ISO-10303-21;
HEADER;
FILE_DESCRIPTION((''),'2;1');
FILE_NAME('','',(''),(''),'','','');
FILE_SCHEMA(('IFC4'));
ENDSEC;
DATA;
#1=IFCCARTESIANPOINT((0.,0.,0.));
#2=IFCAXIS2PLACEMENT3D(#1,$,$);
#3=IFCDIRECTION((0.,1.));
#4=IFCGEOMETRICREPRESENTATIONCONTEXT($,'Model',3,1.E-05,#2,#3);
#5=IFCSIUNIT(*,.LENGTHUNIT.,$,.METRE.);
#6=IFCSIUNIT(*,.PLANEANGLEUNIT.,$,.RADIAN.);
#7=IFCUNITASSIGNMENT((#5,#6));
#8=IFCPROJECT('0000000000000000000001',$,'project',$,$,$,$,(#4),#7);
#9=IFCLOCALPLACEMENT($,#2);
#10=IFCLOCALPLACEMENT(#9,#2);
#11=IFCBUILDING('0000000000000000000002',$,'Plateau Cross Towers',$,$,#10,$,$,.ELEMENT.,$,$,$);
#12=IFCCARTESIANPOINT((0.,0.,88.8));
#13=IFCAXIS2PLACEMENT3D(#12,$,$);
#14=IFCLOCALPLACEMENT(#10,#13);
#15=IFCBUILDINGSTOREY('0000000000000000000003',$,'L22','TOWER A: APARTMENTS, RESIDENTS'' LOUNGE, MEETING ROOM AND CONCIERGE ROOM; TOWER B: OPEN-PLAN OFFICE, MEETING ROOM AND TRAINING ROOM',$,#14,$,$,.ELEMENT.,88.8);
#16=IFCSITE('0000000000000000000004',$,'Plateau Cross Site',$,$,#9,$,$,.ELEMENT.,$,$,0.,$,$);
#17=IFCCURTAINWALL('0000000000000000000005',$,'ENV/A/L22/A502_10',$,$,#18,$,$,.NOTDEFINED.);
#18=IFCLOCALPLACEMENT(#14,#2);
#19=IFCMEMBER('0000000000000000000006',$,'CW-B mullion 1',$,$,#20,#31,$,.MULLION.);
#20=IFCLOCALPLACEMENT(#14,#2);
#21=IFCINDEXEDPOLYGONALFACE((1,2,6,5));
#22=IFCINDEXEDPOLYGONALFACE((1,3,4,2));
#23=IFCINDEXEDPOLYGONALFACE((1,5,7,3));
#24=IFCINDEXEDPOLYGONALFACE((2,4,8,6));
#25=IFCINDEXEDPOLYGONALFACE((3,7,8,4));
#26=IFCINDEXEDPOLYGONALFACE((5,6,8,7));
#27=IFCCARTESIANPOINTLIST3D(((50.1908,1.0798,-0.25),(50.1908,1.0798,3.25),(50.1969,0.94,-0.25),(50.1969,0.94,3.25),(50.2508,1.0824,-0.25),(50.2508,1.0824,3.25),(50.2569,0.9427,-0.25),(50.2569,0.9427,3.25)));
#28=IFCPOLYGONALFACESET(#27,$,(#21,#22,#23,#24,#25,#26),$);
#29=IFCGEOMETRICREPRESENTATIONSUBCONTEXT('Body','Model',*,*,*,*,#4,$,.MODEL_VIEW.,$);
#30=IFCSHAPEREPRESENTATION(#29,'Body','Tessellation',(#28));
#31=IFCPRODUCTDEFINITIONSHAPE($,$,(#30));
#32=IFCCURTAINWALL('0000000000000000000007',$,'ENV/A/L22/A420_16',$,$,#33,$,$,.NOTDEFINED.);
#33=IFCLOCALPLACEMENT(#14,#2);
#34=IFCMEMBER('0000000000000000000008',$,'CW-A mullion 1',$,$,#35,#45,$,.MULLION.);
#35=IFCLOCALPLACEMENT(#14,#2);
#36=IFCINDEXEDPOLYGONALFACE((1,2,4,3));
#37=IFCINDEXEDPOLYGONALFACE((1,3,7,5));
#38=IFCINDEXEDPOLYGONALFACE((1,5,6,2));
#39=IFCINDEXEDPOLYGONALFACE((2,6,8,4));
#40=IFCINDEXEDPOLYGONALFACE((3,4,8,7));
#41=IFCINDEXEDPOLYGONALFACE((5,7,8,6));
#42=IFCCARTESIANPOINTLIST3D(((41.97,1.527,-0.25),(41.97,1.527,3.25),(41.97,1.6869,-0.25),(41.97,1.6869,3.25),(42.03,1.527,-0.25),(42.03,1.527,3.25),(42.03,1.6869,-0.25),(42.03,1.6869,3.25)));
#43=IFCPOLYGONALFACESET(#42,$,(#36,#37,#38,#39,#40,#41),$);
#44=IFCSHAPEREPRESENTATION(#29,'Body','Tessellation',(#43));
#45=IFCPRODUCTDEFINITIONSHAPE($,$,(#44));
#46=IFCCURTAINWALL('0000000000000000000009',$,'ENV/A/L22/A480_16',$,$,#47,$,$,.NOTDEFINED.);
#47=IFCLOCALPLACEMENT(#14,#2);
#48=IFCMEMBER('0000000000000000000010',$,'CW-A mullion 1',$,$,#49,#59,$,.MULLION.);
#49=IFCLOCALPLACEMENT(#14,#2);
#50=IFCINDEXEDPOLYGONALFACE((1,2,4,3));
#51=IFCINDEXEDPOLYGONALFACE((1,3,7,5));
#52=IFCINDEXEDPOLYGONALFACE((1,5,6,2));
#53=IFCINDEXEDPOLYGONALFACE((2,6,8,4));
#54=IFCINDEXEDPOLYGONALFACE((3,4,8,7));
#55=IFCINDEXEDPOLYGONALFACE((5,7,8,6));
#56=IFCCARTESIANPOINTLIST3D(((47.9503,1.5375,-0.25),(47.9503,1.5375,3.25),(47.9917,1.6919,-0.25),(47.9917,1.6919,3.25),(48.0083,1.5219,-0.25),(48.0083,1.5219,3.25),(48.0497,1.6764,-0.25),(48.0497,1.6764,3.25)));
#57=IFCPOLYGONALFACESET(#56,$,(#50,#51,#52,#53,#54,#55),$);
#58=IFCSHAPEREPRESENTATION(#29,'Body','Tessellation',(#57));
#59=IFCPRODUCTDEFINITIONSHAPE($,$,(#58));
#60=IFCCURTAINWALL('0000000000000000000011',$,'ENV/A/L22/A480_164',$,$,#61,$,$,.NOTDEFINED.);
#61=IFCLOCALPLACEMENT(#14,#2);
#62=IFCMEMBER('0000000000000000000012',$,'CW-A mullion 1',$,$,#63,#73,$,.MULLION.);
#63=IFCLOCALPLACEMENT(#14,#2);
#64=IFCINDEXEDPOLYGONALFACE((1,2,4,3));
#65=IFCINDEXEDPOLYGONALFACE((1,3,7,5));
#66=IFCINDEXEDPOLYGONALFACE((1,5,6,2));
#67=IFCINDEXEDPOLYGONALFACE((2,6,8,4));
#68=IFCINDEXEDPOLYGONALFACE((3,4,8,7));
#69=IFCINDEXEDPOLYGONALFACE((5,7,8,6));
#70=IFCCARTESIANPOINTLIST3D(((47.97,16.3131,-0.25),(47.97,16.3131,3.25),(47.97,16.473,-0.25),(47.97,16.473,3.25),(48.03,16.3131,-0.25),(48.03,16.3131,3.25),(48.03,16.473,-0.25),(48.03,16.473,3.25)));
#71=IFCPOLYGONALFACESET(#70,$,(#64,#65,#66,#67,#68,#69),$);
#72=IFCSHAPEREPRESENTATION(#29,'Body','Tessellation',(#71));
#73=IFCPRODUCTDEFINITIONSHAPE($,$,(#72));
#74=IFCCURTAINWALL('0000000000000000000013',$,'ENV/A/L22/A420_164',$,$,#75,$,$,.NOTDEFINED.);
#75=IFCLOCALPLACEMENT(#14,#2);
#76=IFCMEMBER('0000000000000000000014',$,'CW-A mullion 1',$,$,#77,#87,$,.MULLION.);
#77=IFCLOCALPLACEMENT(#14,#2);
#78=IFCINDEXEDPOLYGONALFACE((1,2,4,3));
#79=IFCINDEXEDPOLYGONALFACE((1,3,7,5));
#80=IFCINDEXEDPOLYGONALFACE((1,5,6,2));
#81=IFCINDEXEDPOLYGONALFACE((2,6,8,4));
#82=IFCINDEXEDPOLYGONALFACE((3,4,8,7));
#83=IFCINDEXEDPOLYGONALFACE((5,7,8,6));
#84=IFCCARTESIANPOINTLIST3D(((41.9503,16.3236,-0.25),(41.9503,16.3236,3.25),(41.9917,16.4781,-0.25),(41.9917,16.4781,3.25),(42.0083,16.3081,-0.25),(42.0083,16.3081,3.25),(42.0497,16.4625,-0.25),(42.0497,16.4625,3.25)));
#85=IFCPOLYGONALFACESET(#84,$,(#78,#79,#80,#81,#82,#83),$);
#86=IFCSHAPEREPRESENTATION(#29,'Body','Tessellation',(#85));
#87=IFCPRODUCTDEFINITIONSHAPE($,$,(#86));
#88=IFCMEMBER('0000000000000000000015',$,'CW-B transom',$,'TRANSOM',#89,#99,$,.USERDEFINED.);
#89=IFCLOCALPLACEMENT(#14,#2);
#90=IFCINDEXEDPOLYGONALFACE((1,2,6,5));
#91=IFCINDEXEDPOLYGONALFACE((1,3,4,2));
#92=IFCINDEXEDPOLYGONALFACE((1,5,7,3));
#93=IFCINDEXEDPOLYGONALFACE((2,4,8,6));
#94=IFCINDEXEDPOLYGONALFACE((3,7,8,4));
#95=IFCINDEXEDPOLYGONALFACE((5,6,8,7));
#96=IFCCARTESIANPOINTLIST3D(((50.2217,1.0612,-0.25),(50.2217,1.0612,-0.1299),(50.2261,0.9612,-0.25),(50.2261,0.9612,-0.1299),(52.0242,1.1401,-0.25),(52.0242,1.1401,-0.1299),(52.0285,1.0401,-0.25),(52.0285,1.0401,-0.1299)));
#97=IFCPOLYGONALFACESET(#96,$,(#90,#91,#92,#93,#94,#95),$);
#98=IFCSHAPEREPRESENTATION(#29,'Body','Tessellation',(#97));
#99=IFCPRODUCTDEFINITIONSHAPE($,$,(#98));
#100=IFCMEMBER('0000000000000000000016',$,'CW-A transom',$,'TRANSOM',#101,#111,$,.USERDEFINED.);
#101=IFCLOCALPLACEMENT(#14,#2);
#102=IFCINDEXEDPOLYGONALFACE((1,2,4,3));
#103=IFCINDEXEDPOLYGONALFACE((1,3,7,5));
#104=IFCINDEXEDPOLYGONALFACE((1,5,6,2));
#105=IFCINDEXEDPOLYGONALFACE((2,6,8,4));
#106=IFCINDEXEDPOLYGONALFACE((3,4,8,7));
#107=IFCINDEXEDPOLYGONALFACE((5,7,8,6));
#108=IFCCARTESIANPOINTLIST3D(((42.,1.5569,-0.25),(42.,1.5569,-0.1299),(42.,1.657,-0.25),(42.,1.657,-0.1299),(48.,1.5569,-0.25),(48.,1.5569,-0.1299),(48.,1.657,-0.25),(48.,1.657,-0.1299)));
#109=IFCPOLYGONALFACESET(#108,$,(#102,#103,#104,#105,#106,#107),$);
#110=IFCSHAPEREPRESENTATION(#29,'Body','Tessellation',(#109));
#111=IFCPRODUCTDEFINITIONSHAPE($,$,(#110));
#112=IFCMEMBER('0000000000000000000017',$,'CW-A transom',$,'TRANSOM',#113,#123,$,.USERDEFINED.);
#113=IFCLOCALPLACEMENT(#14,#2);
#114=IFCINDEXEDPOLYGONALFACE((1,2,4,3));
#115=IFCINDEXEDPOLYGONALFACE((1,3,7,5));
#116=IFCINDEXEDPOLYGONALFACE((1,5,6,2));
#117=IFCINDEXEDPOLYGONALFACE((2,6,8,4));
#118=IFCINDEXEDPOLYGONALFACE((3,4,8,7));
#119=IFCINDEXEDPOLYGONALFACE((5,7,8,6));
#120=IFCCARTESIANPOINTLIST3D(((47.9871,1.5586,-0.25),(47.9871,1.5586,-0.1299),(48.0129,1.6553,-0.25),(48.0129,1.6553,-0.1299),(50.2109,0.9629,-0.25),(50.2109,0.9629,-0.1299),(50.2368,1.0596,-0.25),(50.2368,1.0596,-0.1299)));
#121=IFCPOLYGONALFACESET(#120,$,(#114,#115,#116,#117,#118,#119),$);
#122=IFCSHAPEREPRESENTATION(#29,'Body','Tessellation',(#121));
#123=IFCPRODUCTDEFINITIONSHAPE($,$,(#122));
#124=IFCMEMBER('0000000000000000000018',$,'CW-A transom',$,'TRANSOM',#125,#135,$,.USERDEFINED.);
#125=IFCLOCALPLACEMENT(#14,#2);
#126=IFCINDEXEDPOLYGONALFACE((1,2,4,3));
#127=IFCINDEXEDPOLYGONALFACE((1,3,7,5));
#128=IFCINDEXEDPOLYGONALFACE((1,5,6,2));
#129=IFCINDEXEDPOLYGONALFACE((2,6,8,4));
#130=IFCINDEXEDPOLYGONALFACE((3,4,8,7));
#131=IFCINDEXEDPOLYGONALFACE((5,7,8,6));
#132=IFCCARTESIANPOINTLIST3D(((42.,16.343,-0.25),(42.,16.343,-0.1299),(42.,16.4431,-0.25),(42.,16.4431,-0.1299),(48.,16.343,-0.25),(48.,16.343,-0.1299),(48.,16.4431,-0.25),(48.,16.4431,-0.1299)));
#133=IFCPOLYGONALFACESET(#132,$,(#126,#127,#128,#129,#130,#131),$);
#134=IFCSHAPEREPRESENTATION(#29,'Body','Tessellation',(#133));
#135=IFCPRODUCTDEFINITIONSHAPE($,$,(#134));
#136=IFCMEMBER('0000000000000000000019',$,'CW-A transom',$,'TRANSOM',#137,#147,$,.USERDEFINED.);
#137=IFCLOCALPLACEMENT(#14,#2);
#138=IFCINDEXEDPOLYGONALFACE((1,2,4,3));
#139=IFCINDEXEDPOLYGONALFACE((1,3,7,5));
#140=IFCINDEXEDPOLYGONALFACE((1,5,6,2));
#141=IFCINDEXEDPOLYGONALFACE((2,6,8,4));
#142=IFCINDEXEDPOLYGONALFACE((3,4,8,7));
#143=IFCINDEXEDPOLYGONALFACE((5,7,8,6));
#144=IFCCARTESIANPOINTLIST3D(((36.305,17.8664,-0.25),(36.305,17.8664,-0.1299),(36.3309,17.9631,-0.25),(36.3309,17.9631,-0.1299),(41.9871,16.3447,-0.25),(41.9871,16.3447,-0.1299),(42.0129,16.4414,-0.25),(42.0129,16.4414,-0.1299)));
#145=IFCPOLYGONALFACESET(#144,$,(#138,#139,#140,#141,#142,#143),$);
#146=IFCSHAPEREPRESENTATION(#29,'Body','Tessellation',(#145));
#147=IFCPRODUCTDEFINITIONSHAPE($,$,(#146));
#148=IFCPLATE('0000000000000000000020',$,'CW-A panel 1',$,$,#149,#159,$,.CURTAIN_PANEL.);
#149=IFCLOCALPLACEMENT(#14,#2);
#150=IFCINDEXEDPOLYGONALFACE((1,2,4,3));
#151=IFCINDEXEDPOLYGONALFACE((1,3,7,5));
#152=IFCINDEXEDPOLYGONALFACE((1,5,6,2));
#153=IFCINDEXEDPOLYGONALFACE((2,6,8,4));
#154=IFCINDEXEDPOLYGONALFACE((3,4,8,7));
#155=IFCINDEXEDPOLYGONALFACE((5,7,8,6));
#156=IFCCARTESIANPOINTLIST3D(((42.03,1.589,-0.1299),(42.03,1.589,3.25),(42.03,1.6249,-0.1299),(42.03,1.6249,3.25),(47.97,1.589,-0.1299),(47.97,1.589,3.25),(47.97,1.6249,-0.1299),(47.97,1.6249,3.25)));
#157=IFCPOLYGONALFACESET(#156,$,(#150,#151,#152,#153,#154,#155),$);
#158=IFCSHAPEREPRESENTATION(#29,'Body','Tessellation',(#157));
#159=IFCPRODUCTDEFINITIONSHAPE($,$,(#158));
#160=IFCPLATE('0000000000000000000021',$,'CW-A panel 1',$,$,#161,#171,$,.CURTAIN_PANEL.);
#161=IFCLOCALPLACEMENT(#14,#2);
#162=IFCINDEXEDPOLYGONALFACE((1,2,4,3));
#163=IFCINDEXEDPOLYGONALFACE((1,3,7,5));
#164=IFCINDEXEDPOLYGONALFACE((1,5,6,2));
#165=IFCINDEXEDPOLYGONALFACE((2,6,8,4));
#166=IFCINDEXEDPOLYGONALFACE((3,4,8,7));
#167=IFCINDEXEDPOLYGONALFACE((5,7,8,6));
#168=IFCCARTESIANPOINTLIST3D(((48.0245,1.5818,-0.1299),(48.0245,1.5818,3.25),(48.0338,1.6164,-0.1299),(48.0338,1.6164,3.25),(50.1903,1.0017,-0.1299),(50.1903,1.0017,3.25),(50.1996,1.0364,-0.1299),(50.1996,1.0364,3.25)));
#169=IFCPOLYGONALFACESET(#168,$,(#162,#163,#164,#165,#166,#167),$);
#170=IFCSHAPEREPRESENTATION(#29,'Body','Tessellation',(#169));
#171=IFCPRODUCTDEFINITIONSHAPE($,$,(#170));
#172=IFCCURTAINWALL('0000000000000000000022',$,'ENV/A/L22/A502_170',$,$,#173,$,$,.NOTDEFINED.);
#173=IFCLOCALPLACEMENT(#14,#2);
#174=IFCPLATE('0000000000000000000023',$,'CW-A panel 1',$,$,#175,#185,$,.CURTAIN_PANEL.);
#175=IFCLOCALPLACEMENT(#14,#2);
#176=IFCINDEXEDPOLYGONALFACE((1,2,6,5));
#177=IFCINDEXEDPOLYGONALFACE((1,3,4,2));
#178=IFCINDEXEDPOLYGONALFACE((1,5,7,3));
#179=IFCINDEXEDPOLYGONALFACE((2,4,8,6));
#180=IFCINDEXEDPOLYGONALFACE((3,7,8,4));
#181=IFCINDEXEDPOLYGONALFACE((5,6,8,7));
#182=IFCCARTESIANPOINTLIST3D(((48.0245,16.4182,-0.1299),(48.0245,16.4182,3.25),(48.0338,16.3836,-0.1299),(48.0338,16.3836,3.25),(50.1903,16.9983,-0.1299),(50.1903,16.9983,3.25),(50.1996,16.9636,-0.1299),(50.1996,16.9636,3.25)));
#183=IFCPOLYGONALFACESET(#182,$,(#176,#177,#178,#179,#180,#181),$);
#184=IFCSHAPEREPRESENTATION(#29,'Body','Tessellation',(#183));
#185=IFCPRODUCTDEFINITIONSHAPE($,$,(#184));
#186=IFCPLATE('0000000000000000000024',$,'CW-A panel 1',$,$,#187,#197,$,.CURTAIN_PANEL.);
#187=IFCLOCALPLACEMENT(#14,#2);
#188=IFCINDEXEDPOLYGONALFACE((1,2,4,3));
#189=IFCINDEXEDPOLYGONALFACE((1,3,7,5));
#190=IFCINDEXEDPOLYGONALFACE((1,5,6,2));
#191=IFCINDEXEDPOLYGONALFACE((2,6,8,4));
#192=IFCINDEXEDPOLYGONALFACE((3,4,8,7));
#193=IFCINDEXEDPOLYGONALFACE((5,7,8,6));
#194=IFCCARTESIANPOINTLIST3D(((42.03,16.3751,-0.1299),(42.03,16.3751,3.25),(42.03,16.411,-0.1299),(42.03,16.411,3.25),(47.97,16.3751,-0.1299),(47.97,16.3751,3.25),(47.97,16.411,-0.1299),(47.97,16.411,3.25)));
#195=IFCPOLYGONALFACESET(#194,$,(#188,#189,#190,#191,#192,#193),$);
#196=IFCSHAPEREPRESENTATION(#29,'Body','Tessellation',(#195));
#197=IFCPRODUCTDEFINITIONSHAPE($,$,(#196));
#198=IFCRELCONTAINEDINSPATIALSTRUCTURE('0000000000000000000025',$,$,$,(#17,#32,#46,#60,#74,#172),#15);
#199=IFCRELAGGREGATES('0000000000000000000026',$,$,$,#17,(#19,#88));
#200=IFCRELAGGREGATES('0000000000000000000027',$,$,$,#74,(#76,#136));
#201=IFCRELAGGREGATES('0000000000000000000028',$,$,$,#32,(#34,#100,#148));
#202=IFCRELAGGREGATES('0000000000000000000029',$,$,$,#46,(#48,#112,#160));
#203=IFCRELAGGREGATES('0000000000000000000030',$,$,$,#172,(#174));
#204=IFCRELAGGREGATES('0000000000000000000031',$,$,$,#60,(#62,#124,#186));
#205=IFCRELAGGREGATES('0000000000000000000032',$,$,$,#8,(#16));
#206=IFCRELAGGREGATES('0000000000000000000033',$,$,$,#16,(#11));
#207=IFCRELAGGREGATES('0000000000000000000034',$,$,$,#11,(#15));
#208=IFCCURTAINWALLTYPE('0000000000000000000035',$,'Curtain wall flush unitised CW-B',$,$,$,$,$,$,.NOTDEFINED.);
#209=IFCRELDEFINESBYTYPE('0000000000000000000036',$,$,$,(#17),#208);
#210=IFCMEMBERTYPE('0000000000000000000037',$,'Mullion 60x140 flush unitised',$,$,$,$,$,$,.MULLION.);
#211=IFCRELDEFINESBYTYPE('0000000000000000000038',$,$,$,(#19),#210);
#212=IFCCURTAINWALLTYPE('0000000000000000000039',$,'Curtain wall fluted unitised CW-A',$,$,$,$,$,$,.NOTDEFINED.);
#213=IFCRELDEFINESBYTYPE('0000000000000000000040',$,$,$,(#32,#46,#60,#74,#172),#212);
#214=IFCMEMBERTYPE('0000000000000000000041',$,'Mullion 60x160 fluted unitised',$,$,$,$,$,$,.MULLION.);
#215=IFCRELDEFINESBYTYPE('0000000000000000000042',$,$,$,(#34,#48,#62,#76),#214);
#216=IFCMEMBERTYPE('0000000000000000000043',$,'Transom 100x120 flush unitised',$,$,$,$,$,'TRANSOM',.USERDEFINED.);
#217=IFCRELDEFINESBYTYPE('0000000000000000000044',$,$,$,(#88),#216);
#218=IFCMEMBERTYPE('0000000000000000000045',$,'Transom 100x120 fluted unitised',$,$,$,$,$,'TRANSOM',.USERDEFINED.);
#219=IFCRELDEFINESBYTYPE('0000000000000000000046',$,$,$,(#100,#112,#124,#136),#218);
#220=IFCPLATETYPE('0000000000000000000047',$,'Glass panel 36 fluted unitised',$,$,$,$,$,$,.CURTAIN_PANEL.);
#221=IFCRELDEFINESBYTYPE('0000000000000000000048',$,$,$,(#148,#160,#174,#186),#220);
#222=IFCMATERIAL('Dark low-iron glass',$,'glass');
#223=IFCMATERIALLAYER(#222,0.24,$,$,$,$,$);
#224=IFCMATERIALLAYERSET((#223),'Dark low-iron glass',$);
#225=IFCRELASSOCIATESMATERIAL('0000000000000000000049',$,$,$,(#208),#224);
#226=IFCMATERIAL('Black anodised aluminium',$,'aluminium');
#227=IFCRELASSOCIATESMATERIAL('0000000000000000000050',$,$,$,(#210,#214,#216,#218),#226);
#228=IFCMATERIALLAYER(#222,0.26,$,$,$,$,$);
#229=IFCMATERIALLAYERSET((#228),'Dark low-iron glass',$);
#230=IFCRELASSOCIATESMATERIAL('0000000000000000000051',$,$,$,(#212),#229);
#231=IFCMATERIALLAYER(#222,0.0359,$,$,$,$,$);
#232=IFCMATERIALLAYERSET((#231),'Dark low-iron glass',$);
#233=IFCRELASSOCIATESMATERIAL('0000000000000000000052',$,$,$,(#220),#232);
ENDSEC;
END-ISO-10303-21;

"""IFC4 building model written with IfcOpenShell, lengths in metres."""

from ifc_helpers import new_model, si_unit, direction, frame, origin, origin_2d, place, context, subcontext, project, spatial, rectangle, extrude, material, layer, layer_set, material_profile, profile_set, type_object, element, aggregate, save


model = new_model("IFC4")

# Units and contexts
model_context = context("Model", 3, precision=1e-05, world=origin(), true_north=direction((0.0, 1.0)))
body_context = subcontext(model_context, "Body", "Model", "MODEL_VIEW")
ifc_project = project(units=[si_unit("LENGTHUNIT", "METRE"), si_unit("PLANEANGLEUNIT", "RADIAN")], contexts=[model_context])

# Site, building, storey
site_placement = place(None, origin())
site = spatial("IfcSite", under=ifc_project, at=site_placement, Name="Plateau Cross Site", CompositionType="ELEMENT", RefElevation=0.0)
building_placement = place(site_placement, origin())
building = spatial("IfcBuilding", under=site, at=building_placement, Name="Plateau Cross Towers", CompositionType="ELEMENT")
storey_placement = place(building_placement, frame((0.0, 0.0, 88.8)))
storey = spatial("IfcBuildingStorey", under=building, at=storey_placement, Name="L22", Description="TOWER A: APARTMENTS, RESIDENTS' LOUNGE, MEETING ROOM AND CONCIERGE ROOM; TOWER B: OPEN-PLAN OFFICE, MEETING ROOM AND TRAINING ROOM", CompositionType="ELEMENT", Elevation=88.8)

# Curtain walls, members
ifc_material_1 = material(Name="Dark low-iron glass", Category="glass")
ifc_layer_1 = layer(ifc_material_1, 0.24)
ifc_layer_set_1 = layer_set([ifc_layer_1], Name="Dark low-iron glass")
curtain_wall_type_1 = type_object("IfcCurtainWallType", Name="Curtain wall flush unitised CW-B", PredefinedType="NOTDEFINED", material=ifc_layer_set_1)
curtain_wall_1_placement = place(storey_placement, origin())
curtain_wall_1 = element("IfcCurtainWall", 1, at=curtain_wall_1_placement, inside=storey, type_object=curtain_wall_type_1, Name="ENV/A/L22/A502_10", PredefinedType="NOTDEFINED")
ifc_material_2 = material(Name="Black anodised aluminium", Category="aluminium")
ifc_material_profile_1 = material_profile(ifc_material_2, rectangle(XDim=0.0601, YDim=0.1399, at=origin_2d()), Name="MULLION 60x140")
ifc_profile_set_1 = profile_set([ifc_material_profile_1], Name="Black anodised aluminium")
member_type_1 = type_object("IfcMemberType", Name="Mullion 60x140 flush unitised", PredefinedType="MULLION", material=ifc_profile_set_1)
member_1_placement = place(storey_placement, frame((50.2239, 1.0112, -0.25), z_axis=(0.0, 0.0, 1.0), x_axis=(0.999044, 0.043723, 0.0)))
member_1 = element("IfcMember", 2, at=member_1_placement, type_object=member_type_1, Name="CW-B mullion 1", PredefinedType="MULLION", context=body_context, shape_type="SweptSolid", body=[
    extrude(rectangle(XDim=0.0601, YDim=0.1399, at=origin_2d()), origin(), (0.0, 0.0, 1.0), 3.5),
])
ifc_layer_2 = layer(ifc_material_1, 0.26)
ifc_layer_set_2 = layer_set([ifc_layer_2], Name="Dark low-iron glass")
curtain_wall_type_2 = type_object("IfcCurtainWallType", Name="Curtain wall fluted unitised CW-A", PredefinedType="NOTDEFINED", material=ifc_layer_set_2)
curtain_wall_2_placement = place(storey_placement, origin())
curtain_wall_2 = element("IfcCurtainWall", 3, at=curtain_wall_2_placement, inside=storey, type_object=curtain_wall_type_2, Name="ENV/A/L22/A420_16", PredefinedType="NOTDEFINED")
ifc_material_profile_2 = material_profile(ifc_material_2, rectangle(XDim=0.0601, YDim=0.1599, at=origin_2d()), Name="MULLION 60x160")
ifc_profile_set_2 = profile_set([ifc_material_profile_2], Name="Black anodised aluminium")
member_type_2 = type_object("IfcMemberType", Name="Mullion 60x160 fluted unitised", PredefinedType="MULLION", material=ifc_profile_set_2)
member_2_placement = place(storey_placement, frame((42.0, 1.6069, -0.25), z_axis=(0.0, 0.0, 1.0), x_axis=(1.0, 0.0, 0.0)))
member_2 = element("IfcMember", 4, at=member_2_placement, type_object=member_type_2, Name="CW-A mullion 1", PredefinedType="MULLION", context=body_context, shape_type="SweptSolid", body=[
    extrude(rectangle(XDim=0.0601, YDim=0.1599, at=origin_2d()), origin(), (0.0, 0.0, 1.0), 3.5),
])
curtain_wall_3_placement = place(storey_placement, origin())
curtain_wall_3 = element("IfcCurtainWall", 5, at=curtain_wall_3_placement, inside=storey, type_object=curtain_wall_type_2, Name="ENV/A/L22/A480_16", PredefinedType="NOTDEFINED")
member_3_placement = place(storey_placement, frame((48.0, 1.6069, -0.25), z_axis=(0.0, 0.0, 1.0), x_axis=(0.965958, -0.258699, 0.0)))
member_3 = element("IfcMember", 6, at=member_3_placement, type_object=member_type_2, Name="CW-A mullion 1", PredefinedType="MULLION", context=body_context, shape_type="SweptSolid", body=[
    extrude(rectangle(XDim=0.0601, YDim=0.1599, at=origin_2d()), origin(), (0.0, 0.0, 1.0), 3.5),
])
curtain_wall_4_placement = place(storey_placement, origin())
curtain_wall_4 = element("IfcCurtainWall", 7, at=curtain_wall_4_placement, inside=storey, type_object=curtain_wall_type_2, Name="ENV/A/L22/A480_164", PredefinedType="NOTDEFINED")
member_4_placement = place(storey_placement, frame((48.0, 16.3931, -0.25), z_axis=(0.0, 0.0, 1.0), x_axis=(-1.0, 0.0, 0.0)))
member_4 = element("IfcMember", 8, at=member_4_placement, type_object=member_type_2, Name="CW-A mullion 1", PredefinedType="MULLION", context=body_context, shape_type="SweptSolid", body=[
    extrude(rectangle(XDim=0.0601, YDim=0.1599, at=origin_2d()), origin(), (0.0, 0.0, 1.0), 3.5),
])
curtain_wall_5_placement = place(storey_placement, origin())
curtain_wall_5 = element("IfcCurtainWall", 9, at=curtain_wall_5_placement, inside=storey, type_object=curtain_wall_type_2, Name="ENV/A/L22/A420_164", PredefinedType="NOTDEFINED")
member_5_placement = place(storey_placement, frame((42.0, 16.3931, -0.25), z_axis=(0.0, 0.0, 1.0), x_axis=(-0.965958, 0.258699, 0.0)))
member_5 = element("IfcMember", 10, at=member_5_placement, type_object=member_type_2, Name="CW-A mullion 1", PredefinedType="MULLION", context=body_context, shape_type="SweptSolid", body=[
    extrude(rectangle(XDim=0.0601, YDim=0.1599, at=origin_2d()), origin(), (0.0, 0.0, 1.0), 3.5),
])

# Members
ifc_material_profile_3 = material_profile(ifc_material_2, rectangle(XDim=0.1001, YDim=0.1201, at=origin_2d()), Name="TRANSOM 100x120")
ifc_profile_set_3 = profile_set([ifc_material_profile_3], Name="Black anodised aluminium")
member_type_3 = type_object("IfcMemberType", Name="Transom 100x120 flush unitised", ElementType="TRANSOM", PredefinedType="USERDEFINED", material=ifc_profile_set_3)
member_6_placement = place(storey_placement, frame((50.2239, 1.0112, -0.1899), z_axis=(0.999044, 0.043707, 0.0), x_axis=(-0.043707, 0.999044, 0.0)))
member_6 = element("IfcMember", 11, at=member_6_placement, type_object=member_type_3, Name="CW-B transom", ObjectType="TRANSOM", PredefinedType="USERDEFINED", context=body_context, shape_type="SweptSolid", body=[
    extrude(rectangle(XDim=0.1001, YDim=0.1201, at=origin_2d()), origin(), (0.0, 0.0, 1.0), 1.8042),
])
aggregate(curtain_wall_1, [member_1, member_6])
ifc_material_profile_4 = material_profile(ifc_material_2, rectangle(XDim=0.1001, YDim=0.1201, at=origin_2d()), Name="TRANSOM 100x120")
ifc_profile_set_4 = profile_set([ifc_material_profile_4], Name="Black anodised aluminium")
member_type_4 = type_object("IfcMemberType", Name="Transom 100x120 fluted unitised", ElementType="TRANSOM", PredefinedType="USERDEFINED", material=ifc_profile_set_4)
member_7_placement = place(storey_placement, frame((42.0, 1.6069, -0.1899), z_axis=(1.0, 0.0, 0.0), x_axis=(0.0, 1.0, 0.0)))
member_7 = element("IfcMember", 12, at=member_7_placement, type_object=member_type_4, Name="CW-A transom", ObjectType="TRANSOM", PredefinedType="USERDEFINED", context=body_context, shape_type="SweptSolid", body=[
    extrude(rectangle(XDim=0.1001, YDim=0.1201, at=origin_2d()), origin(), (0.0, 0.0, 1.0), 6.0),
])
member_8_placement = place(storey_placement, frame((48.0, 1.6069, -0.1899), z_axis=(0.965946, -0.258745, 0.0), x_axis=(0.258745, 0.965946, 0.0)))
member_8 = element("IfcMember", 13, at=member_8_placement, type_object=member_type_4, Name="CW-A transom", ObjectType="TRANSOM", PredefinedType="USERDEFINED", context=body_context, shape_type="SweptSolid", body=[
    extrude(rectangle(XDim=0.1001, YDim=0.1201, at=origin_2d()), origin(), (0.0, 0.0, 1.0), 2.3022),
])
member_9_placement = place(storey_placement, frame((48.0, 16.3931, -0.1899), z_axis=(-1.0, 0.0, 0.0), x_axis=(0.0, -1.0, 0.0)))
member_9 = element("IfcMember", 14, at=member_9_placement, type_object=member_type_4, Name="CW-A transom", ObjectType="TRANSOM", PredefinedType="USERDEFINED", context=body_context, shape_type="SweptSolid", body=[
    extrude(rectangle(XDim=0.1001, YDim=0.1201, at=origin_2d()), origin(), (0.0, 0.0, 1.0), 6.0),
])
member_10_placement = place(storey_placement, frame((42.0, 16.3931, -0.1899), z_axis=(-0.96596, 0.258693, 0.0), x_axis=(-0.258693, -0.96596, 0.0)))
member_10 = element("IfcMember", 15, at=member_10_placement, type_object=member_type_4, Name="CW-A transom", ObjectType="TRANSOM", PredefinedType="USERDEFINED", context=body_context, shape_type="SweptSolid", body=[
    extrude(rectangle(XDim=0.1001, YDim=0.1201, at=origin_2d()), origin(), (0.0, 0.0, 1.0), 5.8823),
])
aggregate(curtain_wall_5, [member_5, member_10])

# Plates
ifc_layer_3 = layer(ifc_material_1, 0.0359)
ifc_layer_set_3 = layer_set([ifc_layer_3], Name="Dark low-iron glass")
plate_type = type_object("IfcPlateType", Name="Glass panel 36 fluted unitised", PredefinedType="CURTAIN_PANEL", material=ifc_layer_set_3)
plate_1_placement = place(storey_placement, frame((45.0, 1.6069, -0.1299), z_axis=(0.0, 0.0, 1.0), x_axis=(1.0, 0.0, 0.0)))
plate_1 = element("IfcPlate", 16, at=plate_1_placement, type_object=plate_type, Name="CW-A panel 1", PredefinedType="CURTAIN_PANEL", context=body_context, shape_type="SweptSolid", body=[
    extrude(rectangle(XDim=5.9399, YDim=0.0359, at=origin_2d()), origin(), (0.0, 0.0, 1.0), 3.3799),
])
aggregate(curtain_wall_2, [member_2, member_7, plate_1])
plate_2_placement = place(storey_placement, frame((49.1121, 1.3091, -0.1299), z_axis=(0.0, 0.0, 1.0), x_axis=(0.965958, -0.258699, 0.0)))
plate_2 = element("IfcPlate", 17, at=plate_2_placement, type_object=plate_type, Name="CW-A panel 1", PredefinedType="CURTAIN_PANEL", context=body_context, shape_type="SweptSolid", body=[
    extrude(rectangle(XDim=2.2422, YDim=0.0359, at=origin_2d()), origin(), (0.0, 0.0, 1.0), 3.3799),
])
aggregate(curtain_wall_3, [member_3, member_8, plate_2])

# Curtain wall, plate
curtain_wall_6_placement = place(storey_placement, origin())
curtain_wall_6 = element("IfcCurtainWall", 18, at=curtain_wall_6_placement, inside=storey, type_object=curtain_wall_type_2, Name="ENV/A/L22/A502_170", PredefinedType="NOTDEFINED")
plate_3_placement = place(storey_placement, frame((49.1121, 16.6909, -0.1299), z_axis=(0.0, 0.0, 1.0), x_axis=(-0.965958, -0.258699, 0.0)))
plate_3 = element("IfcPlate", 19, at=plate_3_placement, type_object=plate_type, Name="CW-A panel 1", PredefinedType="CURTAIN_PANEL", context=body_context, shape_type="SweptSolid", body=[
    extrude(rectangle(XDim=2.2422, YDim=0.0359, at=origin_2d()), origin(), (0.0, 0.0, 1.0), 3.3799),
])
aggregate(curtain_wall_6, [plate_3])

# Plate
plate_4_placement = place(storey_placement, frame((45.0, 16.3931, -0.1299), z_axis=(0.0, 0.0, 1.0), x_axis=(-1.0, 0.0, 0.0)))
plate_4 = element("IfcPlate", 20, at=plate_4_placement, type_object=plate_type, Name="CW-A panel 1", PredefinedType="CURTAIN_PANEL", context=body_context, shape_type="SweptSolid", body=[
    extrude(rectangle(XDim=5.9399, YDim=0.0359, at=origin_2d()), origin(), (0.0, 0.0, 1.0), 3.3799),
])
aggregate(curtain_wall_4, [member_4, member_9, plate_4])

save(model, "model.ifc")
